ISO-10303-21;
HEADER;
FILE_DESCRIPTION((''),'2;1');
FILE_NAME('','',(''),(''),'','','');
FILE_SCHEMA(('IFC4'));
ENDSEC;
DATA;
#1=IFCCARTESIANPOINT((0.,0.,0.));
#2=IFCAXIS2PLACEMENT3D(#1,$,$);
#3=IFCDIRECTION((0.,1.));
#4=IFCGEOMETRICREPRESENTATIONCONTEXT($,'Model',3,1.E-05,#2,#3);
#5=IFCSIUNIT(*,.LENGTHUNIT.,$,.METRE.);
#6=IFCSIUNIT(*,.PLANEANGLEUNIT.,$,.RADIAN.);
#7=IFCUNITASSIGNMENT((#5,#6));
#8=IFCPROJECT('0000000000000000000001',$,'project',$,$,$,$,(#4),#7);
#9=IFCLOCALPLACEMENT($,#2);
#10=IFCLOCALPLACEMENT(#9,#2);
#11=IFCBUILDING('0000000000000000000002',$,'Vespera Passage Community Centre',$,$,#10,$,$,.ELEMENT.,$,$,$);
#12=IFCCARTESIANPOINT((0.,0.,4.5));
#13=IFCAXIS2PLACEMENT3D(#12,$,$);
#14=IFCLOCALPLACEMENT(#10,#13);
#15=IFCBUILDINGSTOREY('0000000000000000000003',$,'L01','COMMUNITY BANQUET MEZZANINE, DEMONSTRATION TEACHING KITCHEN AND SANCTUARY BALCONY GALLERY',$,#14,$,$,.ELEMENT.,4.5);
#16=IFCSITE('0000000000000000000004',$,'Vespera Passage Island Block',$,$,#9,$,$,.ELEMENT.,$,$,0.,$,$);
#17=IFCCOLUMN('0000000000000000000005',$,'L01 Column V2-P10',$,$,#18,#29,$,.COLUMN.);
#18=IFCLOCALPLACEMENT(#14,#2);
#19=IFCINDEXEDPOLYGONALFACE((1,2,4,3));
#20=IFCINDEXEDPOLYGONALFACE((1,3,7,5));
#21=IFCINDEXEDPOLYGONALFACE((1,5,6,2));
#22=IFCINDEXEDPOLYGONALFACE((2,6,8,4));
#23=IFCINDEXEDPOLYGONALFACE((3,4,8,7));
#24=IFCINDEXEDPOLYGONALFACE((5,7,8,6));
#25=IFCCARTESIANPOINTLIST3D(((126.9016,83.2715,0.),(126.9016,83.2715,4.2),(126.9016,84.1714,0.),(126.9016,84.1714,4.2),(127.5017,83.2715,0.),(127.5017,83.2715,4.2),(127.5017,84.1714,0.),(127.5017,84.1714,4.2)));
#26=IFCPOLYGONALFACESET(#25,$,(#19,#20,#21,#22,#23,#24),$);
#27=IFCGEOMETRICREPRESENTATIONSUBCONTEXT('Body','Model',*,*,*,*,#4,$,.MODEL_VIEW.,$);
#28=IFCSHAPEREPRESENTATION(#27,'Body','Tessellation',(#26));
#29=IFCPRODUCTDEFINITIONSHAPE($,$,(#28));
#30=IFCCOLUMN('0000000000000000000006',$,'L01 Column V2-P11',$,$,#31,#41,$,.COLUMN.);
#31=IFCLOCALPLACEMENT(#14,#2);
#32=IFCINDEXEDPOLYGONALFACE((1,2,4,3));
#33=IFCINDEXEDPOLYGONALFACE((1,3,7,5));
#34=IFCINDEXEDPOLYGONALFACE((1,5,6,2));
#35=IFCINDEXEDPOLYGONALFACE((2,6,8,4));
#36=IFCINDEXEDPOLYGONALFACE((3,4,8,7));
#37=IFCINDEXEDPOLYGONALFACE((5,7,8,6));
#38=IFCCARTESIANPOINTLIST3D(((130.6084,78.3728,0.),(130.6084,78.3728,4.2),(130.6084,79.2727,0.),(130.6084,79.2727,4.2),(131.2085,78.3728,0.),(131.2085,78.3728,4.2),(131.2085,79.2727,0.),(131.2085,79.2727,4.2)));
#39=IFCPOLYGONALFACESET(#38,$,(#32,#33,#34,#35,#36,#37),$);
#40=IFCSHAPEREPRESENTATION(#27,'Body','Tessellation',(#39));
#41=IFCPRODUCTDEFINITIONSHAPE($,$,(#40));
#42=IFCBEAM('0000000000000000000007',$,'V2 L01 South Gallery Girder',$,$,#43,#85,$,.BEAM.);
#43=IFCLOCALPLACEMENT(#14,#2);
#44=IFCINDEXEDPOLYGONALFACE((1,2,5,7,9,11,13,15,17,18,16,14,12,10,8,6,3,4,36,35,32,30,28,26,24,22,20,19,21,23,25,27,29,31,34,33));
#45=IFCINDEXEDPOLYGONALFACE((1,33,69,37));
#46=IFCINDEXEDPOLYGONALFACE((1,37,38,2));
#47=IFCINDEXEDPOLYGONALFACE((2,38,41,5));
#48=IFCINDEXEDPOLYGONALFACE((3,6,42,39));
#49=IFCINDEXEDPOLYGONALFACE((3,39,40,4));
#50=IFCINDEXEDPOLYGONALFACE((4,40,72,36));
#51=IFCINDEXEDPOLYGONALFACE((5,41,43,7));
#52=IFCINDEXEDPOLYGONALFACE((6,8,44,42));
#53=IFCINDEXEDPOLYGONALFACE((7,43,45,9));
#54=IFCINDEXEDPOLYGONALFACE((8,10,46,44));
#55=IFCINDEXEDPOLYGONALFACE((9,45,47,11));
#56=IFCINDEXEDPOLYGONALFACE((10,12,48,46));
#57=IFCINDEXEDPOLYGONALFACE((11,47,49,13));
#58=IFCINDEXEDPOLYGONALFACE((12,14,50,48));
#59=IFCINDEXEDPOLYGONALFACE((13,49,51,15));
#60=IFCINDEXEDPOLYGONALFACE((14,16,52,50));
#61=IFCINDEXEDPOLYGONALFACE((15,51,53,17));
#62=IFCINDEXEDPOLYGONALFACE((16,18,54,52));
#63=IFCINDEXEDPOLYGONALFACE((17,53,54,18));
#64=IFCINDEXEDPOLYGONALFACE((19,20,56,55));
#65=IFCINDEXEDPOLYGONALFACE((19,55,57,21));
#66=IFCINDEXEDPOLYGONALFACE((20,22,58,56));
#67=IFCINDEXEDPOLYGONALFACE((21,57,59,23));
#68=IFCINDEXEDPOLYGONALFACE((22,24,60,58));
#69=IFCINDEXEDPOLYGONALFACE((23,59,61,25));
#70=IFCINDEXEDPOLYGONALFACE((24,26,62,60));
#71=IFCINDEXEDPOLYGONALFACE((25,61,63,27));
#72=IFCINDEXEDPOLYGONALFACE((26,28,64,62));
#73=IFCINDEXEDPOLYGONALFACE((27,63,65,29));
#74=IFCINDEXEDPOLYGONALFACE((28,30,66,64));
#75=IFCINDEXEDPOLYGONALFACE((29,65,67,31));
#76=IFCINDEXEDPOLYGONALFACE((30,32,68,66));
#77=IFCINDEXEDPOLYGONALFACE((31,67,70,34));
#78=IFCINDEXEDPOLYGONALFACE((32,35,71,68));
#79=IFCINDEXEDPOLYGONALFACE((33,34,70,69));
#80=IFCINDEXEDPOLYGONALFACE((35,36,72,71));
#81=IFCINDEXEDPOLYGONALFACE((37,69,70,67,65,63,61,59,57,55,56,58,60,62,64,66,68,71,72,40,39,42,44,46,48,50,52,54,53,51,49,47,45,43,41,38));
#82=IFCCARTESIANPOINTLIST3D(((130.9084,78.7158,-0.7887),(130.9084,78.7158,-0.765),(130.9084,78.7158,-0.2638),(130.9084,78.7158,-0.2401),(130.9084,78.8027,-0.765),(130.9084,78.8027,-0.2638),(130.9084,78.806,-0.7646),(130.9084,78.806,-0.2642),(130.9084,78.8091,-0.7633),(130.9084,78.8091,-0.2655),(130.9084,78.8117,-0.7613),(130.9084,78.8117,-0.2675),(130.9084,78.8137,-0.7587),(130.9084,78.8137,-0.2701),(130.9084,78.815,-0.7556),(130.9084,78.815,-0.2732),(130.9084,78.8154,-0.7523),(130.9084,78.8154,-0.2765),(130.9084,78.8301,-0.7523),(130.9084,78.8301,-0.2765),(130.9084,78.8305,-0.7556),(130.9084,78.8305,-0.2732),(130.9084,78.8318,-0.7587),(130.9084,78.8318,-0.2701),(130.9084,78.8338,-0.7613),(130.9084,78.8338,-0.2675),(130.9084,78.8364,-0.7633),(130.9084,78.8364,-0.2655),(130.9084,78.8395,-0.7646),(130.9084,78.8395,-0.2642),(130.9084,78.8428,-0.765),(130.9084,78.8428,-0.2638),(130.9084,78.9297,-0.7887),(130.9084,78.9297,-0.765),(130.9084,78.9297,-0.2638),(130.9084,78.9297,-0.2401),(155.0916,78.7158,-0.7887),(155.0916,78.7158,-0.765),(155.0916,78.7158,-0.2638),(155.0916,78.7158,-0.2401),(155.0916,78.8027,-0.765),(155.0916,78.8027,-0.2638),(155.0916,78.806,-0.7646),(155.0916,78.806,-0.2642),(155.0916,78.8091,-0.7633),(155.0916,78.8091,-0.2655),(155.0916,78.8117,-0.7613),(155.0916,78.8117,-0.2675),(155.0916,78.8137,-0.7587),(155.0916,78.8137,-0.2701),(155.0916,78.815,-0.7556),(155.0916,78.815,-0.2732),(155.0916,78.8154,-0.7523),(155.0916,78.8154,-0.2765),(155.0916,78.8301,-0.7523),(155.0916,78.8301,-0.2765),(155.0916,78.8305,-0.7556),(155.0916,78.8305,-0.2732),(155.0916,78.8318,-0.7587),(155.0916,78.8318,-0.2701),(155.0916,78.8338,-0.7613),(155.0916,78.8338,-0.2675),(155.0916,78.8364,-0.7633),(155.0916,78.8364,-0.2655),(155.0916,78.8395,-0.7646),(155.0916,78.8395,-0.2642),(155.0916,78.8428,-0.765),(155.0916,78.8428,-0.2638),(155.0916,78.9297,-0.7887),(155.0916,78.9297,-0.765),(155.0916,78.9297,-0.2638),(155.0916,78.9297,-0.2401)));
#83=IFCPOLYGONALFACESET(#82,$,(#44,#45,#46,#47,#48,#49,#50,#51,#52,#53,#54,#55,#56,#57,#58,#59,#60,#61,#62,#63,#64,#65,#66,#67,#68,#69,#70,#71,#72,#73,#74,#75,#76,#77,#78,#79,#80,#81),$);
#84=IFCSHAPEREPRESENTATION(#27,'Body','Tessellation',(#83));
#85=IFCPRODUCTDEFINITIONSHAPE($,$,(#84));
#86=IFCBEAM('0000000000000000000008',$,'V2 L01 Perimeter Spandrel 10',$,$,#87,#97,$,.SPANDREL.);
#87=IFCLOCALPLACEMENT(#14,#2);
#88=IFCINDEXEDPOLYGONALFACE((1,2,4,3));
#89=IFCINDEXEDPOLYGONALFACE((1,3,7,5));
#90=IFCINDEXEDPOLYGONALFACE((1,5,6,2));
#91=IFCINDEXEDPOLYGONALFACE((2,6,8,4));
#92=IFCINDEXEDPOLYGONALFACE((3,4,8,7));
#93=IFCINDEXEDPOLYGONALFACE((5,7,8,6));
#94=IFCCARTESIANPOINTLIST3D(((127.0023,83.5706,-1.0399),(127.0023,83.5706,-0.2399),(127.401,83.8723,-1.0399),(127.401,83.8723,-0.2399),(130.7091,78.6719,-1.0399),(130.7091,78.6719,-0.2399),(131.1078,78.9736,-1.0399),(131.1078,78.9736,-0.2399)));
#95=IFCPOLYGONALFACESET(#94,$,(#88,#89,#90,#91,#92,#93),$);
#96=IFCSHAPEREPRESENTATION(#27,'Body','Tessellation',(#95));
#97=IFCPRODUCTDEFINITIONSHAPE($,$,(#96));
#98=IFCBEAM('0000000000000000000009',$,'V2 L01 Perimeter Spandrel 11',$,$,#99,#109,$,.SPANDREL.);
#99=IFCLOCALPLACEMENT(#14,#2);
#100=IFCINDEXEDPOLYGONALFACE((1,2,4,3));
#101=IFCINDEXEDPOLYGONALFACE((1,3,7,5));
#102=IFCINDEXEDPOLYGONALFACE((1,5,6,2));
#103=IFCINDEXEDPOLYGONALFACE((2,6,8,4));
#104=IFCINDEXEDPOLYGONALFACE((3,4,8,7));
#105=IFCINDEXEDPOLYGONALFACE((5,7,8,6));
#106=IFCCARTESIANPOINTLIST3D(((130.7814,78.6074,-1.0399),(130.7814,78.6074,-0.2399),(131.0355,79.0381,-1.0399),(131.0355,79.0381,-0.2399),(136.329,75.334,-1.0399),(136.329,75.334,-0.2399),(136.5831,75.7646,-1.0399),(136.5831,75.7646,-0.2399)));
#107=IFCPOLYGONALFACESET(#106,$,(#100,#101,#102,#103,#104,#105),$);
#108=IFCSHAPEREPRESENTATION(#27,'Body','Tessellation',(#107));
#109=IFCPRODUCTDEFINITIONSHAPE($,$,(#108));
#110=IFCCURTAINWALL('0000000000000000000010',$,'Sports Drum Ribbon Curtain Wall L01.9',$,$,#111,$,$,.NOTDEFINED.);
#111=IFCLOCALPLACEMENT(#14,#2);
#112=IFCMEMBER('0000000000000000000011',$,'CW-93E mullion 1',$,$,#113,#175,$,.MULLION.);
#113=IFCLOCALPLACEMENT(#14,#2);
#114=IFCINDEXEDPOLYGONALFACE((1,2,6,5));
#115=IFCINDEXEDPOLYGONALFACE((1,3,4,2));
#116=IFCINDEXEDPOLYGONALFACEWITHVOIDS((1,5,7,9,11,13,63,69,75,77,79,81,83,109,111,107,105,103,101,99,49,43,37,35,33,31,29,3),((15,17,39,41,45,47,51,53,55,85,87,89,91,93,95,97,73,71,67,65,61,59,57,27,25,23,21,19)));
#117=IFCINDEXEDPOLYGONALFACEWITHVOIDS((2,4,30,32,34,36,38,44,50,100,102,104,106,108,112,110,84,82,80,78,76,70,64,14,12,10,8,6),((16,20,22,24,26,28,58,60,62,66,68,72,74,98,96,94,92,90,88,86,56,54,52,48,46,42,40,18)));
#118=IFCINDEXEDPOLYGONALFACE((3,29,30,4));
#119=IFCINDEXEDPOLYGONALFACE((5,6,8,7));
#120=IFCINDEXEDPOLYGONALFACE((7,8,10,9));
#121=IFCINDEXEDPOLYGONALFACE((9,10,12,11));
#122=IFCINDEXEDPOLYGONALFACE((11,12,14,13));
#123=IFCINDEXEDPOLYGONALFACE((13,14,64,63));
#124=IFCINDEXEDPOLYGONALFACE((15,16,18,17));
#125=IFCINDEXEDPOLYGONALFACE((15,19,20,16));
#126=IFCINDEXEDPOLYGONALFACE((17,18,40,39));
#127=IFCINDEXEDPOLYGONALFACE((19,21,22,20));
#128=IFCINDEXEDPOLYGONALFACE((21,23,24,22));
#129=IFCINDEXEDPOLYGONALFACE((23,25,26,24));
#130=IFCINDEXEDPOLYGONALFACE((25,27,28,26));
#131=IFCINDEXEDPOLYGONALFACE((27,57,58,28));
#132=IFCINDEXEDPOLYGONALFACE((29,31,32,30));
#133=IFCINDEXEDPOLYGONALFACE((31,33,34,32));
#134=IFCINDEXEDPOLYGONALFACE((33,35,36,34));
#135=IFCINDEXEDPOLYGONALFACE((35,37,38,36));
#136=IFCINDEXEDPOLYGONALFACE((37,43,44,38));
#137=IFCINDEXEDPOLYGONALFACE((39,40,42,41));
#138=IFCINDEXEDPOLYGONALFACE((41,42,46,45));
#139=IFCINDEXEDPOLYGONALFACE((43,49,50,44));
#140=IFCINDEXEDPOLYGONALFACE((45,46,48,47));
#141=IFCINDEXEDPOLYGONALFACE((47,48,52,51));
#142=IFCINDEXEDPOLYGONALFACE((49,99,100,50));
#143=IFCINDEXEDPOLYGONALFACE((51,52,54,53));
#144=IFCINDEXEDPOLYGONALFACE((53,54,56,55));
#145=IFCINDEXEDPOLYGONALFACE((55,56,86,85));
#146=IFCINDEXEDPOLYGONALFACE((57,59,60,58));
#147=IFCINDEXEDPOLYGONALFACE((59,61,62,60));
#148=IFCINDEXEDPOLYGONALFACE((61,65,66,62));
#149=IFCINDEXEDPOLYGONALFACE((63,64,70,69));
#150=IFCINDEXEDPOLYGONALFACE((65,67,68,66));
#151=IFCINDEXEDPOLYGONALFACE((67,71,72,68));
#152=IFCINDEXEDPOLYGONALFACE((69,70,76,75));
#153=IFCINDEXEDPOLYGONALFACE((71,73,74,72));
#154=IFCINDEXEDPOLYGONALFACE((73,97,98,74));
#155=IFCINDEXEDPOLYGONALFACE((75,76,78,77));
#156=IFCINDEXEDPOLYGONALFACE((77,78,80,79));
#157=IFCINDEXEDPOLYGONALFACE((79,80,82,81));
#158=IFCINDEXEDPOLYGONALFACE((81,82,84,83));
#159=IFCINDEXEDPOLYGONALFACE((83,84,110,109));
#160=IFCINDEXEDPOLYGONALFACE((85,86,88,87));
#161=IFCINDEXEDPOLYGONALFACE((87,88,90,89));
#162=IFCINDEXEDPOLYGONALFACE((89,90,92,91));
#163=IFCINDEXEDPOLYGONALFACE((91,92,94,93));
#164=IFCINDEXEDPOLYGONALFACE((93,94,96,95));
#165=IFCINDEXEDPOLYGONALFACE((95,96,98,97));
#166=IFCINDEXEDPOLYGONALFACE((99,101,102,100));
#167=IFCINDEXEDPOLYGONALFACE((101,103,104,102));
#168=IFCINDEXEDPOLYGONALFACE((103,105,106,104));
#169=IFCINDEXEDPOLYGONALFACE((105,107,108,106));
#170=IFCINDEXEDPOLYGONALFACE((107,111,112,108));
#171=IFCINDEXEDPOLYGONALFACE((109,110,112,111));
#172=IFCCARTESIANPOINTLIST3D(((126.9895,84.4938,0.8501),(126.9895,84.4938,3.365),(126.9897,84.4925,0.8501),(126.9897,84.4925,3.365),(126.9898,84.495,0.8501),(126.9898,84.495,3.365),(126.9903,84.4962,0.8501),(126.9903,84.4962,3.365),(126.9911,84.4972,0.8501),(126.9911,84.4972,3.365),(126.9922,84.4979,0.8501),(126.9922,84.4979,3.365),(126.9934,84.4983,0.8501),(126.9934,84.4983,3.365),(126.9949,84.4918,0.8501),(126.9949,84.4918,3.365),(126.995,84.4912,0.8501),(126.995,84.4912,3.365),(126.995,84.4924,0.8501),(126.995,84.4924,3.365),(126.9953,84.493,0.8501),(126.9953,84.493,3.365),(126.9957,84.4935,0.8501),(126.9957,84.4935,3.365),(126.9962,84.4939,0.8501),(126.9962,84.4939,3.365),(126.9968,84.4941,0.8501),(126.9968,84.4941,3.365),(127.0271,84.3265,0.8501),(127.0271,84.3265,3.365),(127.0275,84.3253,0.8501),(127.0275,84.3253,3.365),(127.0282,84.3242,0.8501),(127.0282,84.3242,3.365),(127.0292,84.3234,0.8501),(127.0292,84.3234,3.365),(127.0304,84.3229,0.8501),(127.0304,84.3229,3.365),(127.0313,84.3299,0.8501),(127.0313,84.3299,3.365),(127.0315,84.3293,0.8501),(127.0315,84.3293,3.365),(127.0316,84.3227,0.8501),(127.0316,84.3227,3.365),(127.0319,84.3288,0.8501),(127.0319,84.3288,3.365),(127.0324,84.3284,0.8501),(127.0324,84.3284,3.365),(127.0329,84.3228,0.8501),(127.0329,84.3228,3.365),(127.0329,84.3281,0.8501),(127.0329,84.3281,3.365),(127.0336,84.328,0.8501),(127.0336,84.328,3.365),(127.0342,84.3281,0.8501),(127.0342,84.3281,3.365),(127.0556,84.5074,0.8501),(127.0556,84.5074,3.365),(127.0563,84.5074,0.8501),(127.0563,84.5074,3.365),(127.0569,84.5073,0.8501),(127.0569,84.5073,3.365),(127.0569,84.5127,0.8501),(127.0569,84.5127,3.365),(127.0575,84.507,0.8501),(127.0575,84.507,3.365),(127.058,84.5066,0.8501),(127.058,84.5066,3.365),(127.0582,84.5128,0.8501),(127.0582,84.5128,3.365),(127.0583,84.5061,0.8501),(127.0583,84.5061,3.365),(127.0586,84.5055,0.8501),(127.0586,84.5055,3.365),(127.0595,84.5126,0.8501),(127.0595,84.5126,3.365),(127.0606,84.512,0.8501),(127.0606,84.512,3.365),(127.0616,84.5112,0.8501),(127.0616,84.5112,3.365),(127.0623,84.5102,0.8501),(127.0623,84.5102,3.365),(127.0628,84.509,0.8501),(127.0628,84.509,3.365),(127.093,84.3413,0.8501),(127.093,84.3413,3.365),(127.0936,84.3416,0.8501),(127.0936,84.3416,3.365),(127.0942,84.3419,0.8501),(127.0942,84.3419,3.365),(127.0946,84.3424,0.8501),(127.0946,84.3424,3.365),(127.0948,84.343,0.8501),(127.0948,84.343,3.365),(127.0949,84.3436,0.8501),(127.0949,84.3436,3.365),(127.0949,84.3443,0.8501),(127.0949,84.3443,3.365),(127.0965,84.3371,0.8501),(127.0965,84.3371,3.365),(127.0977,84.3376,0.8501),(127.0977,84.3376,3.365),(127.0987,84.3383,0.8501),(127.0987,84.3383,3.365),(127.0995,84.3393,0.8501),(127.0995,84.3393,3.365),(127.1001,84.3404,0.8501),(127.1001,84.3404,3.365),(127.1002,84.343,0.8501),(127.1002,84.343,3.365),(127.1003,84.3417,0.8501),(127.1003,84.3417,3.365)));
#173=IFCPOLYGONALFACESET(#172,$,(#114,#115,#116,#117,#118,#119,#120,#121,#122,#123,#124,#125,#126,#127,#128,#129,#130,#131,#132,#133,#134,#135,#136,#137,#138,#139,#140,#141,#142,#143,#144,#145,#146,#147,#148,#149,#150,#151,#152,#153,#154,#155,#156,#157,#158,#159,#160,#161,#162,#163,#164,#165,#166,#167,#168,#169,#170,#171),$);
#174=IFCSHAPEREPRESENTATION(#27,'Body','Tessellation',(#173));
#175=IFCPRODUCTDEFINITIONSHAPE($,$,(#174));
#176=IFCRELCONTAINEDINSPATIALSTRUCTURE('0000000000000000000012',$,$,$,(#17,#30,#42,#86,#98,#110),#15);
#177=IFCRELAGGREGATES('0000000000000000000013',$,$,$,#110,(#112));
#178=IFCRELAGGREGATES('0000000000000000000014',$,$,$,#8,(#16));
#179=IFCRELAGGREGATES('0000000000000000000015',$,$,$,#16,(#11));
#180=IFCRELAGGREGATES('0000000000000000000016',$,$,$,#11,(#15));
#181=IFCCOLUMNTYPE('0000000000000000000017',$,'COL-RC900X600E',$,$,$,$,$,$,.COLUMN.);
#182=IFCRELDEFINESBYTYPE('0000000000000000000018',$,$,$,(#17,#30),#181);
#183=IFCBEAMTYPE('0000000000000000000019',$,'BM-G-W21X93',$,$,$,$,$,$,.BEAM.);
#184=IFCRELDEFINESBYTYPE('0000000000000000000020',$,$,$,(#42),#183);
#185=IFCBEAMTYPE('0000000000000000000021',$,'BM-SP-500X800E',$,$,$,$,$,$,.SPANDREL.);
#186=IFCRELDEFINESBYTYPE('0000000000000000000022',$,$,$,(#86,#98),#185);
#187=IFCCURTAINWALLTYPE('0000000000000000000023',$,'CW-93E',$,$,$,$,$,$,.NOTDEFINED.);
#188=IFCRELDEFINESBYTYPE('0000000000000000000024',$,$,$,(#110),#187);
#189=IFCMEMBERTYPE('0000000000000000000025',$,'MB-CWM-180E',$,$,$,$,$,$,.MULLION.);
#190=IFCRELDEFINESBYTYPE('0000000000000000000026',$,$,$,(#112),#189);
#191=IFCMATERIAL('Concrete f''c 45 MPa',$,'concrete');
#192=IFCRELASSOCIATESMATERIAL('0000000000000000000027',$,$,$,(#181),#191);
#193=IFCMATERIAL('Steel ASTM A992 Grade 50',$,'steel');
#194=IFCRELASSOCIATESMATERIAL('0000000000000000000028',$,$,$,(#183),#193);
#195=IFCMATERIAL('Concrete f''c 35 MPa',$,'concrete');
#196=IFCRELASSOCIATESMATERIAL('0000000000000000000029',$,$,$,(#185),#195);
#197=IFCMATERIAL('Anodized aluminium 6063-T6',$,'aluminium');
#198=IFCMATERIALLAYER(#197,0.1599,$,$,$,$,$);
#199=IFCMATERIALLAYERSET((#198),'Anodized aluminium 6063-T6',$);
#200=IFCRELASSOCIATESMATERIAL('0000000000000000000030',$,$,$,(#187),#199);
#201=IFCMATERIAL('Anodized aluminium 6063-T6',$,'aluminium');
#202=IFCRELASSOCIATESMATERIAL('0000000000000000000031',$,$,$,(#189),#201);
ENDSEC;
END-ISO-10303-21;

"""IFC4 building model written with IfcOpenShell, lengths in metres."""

from ifc_helpers import new_model, si_unit, direction, frame, origin, origin_2d, place, context, subcontext, project, spatial, rectangle, hollow_rectangle, i_section, extrude, material, layer, layer_set, material_profile, profile_set, type_object, element, aggregate, save


model = new_model("IFC4")

# Units and contexts
model_context = context("Model", 3, precision=1e-05, world=origin(), true_north=direction((0.0, 1.0)))
body_context = subcontext(model_context, "Body", "Model", "MODEL_VIEW")
ifc_project = project(units=[si_unit("LENGTHUNIT", "METRE"), si_unit("PLANEANGLEUNIT", "RADIAN")], contexts=[model_context])

# Site, building, storey
site_placement = place(None, origin())
site = spatial("IfcSite", under=ifc_project, at=site_placement, Name="Vespera Passage Island Block", CompositionType="ELEMENT", RefElevation=0.0)
building_placement = place(site_placement, origin())
building = spatial("IfcBuilding", under=site, at=building_placement, Name="Vespera Passage Community Centre", CompositionType="ELEMENT")
storey_placement = place(building_placement, frame((0.0, 0.0, 4.5)))
storey = spatial("IfcBuildingStorey", under=building, at=storey_placement, Name="L01", Description="COMMUNITY BANQUET MEZZANINE, DEMONSTRATION TEACHING KITCHEN AND SANCTUARY BALCONY GALLERY", CompositionType="ELEMENT", Elevation=4.5)

# Columns
ifc_material_1 = material(Name="Concrete f'c 45 MPa", Category="concrete")
ifc_material_profile_1 = material_profile(ifc_material_1, rectangle(XDim=0.6001, YDim=0.8999, at=origin_2d()), Name="RC900X600")
ifc_profile_set_1 = profile_set([ifc_material_profile_1], Name="Concrete f'c 45 MPa")
column_type = type_object("IfcColumnType", Name="COL-RC900X600E", PredefinedType="COLUMN", material=ifc_profile_set_1)
for number, where, z_axis, x_axis, name in (
    (1, (127.2017, 83.7214, 0.0), (0.0, 0.0, 1.0), (1.0, 0.0, 0.0), "L01 Column V2-P10"),
    (2, (130.9084, 78.8228, 0.0), (0.0, 0.0, 1.0), (1.0, 0.0, 0.0), "L01 Column V2-P11"),
):
    element("IfcColumn", number, at=place(storey_placement, frame(where, z_axis=z_axis, x_axis=x_axis)), inside=storey, type_object=column_type, Name=name, PredefinedType="COLUMN", context=body_context, shape_type="SweptSolid", body=[
        extrude(rectangle(XDim=0.6001, YDim=0.8999, at=origin_2d()), origin(), (0.0, 0.0, 1.0), 4.2),
    ])

# Beams
ifc_material_2 = material(Name="Steel ASTM A992 Grade 50", Category="steel")
ifc_material_profile_2 = material_profile(ifc_material_2, i_section(OverallWidth=0.2139, OverallDepth=0.5486, WebThickness=0.0146, FlangeThickness=0.0237, FilletRadius=0.0127, at=origin_2d()), Name="W21X93")
ifc_profile_set_2 = profile_set([ifc_material_profile_2], Name="Steel ASTM A992 Grade 50")
beam_type_1 = type_object("IfcBeamType", Name="BM-G-W21X93", PredefinedType="BEAM", material=ifc_profile_set_2)
beam_1_placement = place(storey_placement, frame((130.9084, 78.8228, -0.5144), z_axis=(1.0, 0.0, 0.0), x_axis=(0.0, 1.0, 0.0)))
element("IfcBeam", 3, at=beam_1_placement, inside=storey, type_object=beam_type_1, Name="V2 L01 South Gallery Girder", PredefinedType="BEAM", context=body_context, shape_type="SweptSolid", body=[
    extrude(i_section(OverallWidth=0.2139, OverallDepth=0.5486, WebThickness=0.0146, FlangeThickness=0.0237, FilletRadius=0.0127, at=origin_2d()), origin(), (0.0, 0.0, 1.0), 24.1831),
])
ifc_material_3 = material(Name="Concrete f'c 35 MPa", Category="concrete")
ifc_material_profile_3 = material_profile(ifc_material_3, rectangle(XDim=0.5, YDim=0.8, at=origin_2d()), Name="RC500X800")
ifc_profile_set_3 = profile_set([ifc_material_profile_3], Name="Concrete f'c 35 MPa")
beam_type_2 = type_object("IfcBeamType", Name="BM-SP-500X800E", PredefinedType="SPANDREL", material=ifc_profile_set_3)
beam_2_placement = place(storey_placement, frame((127.2017, 83.7214, -0.6399), z_axis=(0.603409, -0.797432, 0.0), x_axis=(0.797432, 0.603409, 0.0)))
element("IfcBeam", 4, at=beam_2_placement, inside=storey, type_object=beam_type_2, Name="V2 L01 Perimeter Spandrel 10", PredefinedType="SPANDREL", context=body_context, shape_type="SweptSolid", body=[
    extrude(rectangle(XDim=0.5, YDim=0.8, at=origin_2d()), origin(), (0.0, 0.0, 1.0), 6.1431),
])
beam_3_placement = place(storey_placement, frame((130.9084, 78.8228, -0.6399), z_axis=(0.861246, -0.508189, 0.0), x_axis=(0.508189, 0.861246, 0.0)))
element("IfcBeam", 5, at=beam_3_placement, inside=storey, type_object=beam_type_2, Name="V2 L01 Perimeter Spandrel 11", PredefinedType="SPANDREL", context=body_context, shape_type="SweptSolid", body=[
    extrude(rectangle(XDim=0.5, YDim=0.8, at=origin_2d()), origin(), (0.0, 0.0, 1.0), 6.4414),
])

# Curtain wall, member
ifc_material_4 = material(Name="Anodized aluminium 6063-T6", Category="aluminium")
ifc_layer_1 = layer(ifc_material_4, 0.1599)
ifc_layer_set_1 = layer_set([ifc_layer_1], Name="Anodized aluminium 6063-T6")
curtain_wall_type_1 = type_object("IfcCurtainWallType", Name="CW-93E", PredefinedType="NOTDEFINED", material=ifc_layer_set_1)
curtain_wall_1_placement = place(storey_placement, origin())
curtain_wall_1 = element("IfcCurtainWall", 6, at=curtain_wall_1_placement, inside=storey, type_object=curtain_wall_type_1, Name="Sports Drum Ribbon Curtain Wall L01.9", PredefinedType="NOTDEFINED")
ifc_material_5 = material(Name="Anodized aluminium 6063-T6", Category="aluminium")
ifc_material_profile_4 = material_profile(ifc_material_5, hollow_rectangle(XDim=0.075, YDim=0.1799, WallThickness=0.0049, InnerFilletRadius=0.0024, OuterFilletRadius=0.0049, at=origin_2d()), Name="ALU180X75X5")
ifc_profile_set_4 = profile_set([ifc_material_profile_4], Name="Anodized aluminium 6063-T6")
member_type_1 = type_object("IfcMemberType", Name="MB-CWM-180E", PredefinedType="MULLION", material=ifc_profile_set_4)
member_1_placement = place(storey_placement, frame((127.0449, 84.4177, 0.8501), z_axis=(0.0, 0.0, 1.0), x_axis=(-0.975553, -0.219763, 0.0)))
member_1 = element("IfcMember", 7, at=member_1_placement, type_object=member_type_1, Name="CW-93E mullion 1", PredefinedType="MULLION", context=body_context, shape_type="SweptSolid", body=[
    extrude(hollow_rectangle(XDim=0.075, YDim=0.1799, WallThickness=0.0049, InnerFilletRadius=0.0024, OuterFilletRadius=0.0049, at=origin_2d()), origin(), (0.0, 0.0, 1.0), 2.5149),
])

aggregate(curtain_wall_1, [member_1])

save(model, "model.ifc")
